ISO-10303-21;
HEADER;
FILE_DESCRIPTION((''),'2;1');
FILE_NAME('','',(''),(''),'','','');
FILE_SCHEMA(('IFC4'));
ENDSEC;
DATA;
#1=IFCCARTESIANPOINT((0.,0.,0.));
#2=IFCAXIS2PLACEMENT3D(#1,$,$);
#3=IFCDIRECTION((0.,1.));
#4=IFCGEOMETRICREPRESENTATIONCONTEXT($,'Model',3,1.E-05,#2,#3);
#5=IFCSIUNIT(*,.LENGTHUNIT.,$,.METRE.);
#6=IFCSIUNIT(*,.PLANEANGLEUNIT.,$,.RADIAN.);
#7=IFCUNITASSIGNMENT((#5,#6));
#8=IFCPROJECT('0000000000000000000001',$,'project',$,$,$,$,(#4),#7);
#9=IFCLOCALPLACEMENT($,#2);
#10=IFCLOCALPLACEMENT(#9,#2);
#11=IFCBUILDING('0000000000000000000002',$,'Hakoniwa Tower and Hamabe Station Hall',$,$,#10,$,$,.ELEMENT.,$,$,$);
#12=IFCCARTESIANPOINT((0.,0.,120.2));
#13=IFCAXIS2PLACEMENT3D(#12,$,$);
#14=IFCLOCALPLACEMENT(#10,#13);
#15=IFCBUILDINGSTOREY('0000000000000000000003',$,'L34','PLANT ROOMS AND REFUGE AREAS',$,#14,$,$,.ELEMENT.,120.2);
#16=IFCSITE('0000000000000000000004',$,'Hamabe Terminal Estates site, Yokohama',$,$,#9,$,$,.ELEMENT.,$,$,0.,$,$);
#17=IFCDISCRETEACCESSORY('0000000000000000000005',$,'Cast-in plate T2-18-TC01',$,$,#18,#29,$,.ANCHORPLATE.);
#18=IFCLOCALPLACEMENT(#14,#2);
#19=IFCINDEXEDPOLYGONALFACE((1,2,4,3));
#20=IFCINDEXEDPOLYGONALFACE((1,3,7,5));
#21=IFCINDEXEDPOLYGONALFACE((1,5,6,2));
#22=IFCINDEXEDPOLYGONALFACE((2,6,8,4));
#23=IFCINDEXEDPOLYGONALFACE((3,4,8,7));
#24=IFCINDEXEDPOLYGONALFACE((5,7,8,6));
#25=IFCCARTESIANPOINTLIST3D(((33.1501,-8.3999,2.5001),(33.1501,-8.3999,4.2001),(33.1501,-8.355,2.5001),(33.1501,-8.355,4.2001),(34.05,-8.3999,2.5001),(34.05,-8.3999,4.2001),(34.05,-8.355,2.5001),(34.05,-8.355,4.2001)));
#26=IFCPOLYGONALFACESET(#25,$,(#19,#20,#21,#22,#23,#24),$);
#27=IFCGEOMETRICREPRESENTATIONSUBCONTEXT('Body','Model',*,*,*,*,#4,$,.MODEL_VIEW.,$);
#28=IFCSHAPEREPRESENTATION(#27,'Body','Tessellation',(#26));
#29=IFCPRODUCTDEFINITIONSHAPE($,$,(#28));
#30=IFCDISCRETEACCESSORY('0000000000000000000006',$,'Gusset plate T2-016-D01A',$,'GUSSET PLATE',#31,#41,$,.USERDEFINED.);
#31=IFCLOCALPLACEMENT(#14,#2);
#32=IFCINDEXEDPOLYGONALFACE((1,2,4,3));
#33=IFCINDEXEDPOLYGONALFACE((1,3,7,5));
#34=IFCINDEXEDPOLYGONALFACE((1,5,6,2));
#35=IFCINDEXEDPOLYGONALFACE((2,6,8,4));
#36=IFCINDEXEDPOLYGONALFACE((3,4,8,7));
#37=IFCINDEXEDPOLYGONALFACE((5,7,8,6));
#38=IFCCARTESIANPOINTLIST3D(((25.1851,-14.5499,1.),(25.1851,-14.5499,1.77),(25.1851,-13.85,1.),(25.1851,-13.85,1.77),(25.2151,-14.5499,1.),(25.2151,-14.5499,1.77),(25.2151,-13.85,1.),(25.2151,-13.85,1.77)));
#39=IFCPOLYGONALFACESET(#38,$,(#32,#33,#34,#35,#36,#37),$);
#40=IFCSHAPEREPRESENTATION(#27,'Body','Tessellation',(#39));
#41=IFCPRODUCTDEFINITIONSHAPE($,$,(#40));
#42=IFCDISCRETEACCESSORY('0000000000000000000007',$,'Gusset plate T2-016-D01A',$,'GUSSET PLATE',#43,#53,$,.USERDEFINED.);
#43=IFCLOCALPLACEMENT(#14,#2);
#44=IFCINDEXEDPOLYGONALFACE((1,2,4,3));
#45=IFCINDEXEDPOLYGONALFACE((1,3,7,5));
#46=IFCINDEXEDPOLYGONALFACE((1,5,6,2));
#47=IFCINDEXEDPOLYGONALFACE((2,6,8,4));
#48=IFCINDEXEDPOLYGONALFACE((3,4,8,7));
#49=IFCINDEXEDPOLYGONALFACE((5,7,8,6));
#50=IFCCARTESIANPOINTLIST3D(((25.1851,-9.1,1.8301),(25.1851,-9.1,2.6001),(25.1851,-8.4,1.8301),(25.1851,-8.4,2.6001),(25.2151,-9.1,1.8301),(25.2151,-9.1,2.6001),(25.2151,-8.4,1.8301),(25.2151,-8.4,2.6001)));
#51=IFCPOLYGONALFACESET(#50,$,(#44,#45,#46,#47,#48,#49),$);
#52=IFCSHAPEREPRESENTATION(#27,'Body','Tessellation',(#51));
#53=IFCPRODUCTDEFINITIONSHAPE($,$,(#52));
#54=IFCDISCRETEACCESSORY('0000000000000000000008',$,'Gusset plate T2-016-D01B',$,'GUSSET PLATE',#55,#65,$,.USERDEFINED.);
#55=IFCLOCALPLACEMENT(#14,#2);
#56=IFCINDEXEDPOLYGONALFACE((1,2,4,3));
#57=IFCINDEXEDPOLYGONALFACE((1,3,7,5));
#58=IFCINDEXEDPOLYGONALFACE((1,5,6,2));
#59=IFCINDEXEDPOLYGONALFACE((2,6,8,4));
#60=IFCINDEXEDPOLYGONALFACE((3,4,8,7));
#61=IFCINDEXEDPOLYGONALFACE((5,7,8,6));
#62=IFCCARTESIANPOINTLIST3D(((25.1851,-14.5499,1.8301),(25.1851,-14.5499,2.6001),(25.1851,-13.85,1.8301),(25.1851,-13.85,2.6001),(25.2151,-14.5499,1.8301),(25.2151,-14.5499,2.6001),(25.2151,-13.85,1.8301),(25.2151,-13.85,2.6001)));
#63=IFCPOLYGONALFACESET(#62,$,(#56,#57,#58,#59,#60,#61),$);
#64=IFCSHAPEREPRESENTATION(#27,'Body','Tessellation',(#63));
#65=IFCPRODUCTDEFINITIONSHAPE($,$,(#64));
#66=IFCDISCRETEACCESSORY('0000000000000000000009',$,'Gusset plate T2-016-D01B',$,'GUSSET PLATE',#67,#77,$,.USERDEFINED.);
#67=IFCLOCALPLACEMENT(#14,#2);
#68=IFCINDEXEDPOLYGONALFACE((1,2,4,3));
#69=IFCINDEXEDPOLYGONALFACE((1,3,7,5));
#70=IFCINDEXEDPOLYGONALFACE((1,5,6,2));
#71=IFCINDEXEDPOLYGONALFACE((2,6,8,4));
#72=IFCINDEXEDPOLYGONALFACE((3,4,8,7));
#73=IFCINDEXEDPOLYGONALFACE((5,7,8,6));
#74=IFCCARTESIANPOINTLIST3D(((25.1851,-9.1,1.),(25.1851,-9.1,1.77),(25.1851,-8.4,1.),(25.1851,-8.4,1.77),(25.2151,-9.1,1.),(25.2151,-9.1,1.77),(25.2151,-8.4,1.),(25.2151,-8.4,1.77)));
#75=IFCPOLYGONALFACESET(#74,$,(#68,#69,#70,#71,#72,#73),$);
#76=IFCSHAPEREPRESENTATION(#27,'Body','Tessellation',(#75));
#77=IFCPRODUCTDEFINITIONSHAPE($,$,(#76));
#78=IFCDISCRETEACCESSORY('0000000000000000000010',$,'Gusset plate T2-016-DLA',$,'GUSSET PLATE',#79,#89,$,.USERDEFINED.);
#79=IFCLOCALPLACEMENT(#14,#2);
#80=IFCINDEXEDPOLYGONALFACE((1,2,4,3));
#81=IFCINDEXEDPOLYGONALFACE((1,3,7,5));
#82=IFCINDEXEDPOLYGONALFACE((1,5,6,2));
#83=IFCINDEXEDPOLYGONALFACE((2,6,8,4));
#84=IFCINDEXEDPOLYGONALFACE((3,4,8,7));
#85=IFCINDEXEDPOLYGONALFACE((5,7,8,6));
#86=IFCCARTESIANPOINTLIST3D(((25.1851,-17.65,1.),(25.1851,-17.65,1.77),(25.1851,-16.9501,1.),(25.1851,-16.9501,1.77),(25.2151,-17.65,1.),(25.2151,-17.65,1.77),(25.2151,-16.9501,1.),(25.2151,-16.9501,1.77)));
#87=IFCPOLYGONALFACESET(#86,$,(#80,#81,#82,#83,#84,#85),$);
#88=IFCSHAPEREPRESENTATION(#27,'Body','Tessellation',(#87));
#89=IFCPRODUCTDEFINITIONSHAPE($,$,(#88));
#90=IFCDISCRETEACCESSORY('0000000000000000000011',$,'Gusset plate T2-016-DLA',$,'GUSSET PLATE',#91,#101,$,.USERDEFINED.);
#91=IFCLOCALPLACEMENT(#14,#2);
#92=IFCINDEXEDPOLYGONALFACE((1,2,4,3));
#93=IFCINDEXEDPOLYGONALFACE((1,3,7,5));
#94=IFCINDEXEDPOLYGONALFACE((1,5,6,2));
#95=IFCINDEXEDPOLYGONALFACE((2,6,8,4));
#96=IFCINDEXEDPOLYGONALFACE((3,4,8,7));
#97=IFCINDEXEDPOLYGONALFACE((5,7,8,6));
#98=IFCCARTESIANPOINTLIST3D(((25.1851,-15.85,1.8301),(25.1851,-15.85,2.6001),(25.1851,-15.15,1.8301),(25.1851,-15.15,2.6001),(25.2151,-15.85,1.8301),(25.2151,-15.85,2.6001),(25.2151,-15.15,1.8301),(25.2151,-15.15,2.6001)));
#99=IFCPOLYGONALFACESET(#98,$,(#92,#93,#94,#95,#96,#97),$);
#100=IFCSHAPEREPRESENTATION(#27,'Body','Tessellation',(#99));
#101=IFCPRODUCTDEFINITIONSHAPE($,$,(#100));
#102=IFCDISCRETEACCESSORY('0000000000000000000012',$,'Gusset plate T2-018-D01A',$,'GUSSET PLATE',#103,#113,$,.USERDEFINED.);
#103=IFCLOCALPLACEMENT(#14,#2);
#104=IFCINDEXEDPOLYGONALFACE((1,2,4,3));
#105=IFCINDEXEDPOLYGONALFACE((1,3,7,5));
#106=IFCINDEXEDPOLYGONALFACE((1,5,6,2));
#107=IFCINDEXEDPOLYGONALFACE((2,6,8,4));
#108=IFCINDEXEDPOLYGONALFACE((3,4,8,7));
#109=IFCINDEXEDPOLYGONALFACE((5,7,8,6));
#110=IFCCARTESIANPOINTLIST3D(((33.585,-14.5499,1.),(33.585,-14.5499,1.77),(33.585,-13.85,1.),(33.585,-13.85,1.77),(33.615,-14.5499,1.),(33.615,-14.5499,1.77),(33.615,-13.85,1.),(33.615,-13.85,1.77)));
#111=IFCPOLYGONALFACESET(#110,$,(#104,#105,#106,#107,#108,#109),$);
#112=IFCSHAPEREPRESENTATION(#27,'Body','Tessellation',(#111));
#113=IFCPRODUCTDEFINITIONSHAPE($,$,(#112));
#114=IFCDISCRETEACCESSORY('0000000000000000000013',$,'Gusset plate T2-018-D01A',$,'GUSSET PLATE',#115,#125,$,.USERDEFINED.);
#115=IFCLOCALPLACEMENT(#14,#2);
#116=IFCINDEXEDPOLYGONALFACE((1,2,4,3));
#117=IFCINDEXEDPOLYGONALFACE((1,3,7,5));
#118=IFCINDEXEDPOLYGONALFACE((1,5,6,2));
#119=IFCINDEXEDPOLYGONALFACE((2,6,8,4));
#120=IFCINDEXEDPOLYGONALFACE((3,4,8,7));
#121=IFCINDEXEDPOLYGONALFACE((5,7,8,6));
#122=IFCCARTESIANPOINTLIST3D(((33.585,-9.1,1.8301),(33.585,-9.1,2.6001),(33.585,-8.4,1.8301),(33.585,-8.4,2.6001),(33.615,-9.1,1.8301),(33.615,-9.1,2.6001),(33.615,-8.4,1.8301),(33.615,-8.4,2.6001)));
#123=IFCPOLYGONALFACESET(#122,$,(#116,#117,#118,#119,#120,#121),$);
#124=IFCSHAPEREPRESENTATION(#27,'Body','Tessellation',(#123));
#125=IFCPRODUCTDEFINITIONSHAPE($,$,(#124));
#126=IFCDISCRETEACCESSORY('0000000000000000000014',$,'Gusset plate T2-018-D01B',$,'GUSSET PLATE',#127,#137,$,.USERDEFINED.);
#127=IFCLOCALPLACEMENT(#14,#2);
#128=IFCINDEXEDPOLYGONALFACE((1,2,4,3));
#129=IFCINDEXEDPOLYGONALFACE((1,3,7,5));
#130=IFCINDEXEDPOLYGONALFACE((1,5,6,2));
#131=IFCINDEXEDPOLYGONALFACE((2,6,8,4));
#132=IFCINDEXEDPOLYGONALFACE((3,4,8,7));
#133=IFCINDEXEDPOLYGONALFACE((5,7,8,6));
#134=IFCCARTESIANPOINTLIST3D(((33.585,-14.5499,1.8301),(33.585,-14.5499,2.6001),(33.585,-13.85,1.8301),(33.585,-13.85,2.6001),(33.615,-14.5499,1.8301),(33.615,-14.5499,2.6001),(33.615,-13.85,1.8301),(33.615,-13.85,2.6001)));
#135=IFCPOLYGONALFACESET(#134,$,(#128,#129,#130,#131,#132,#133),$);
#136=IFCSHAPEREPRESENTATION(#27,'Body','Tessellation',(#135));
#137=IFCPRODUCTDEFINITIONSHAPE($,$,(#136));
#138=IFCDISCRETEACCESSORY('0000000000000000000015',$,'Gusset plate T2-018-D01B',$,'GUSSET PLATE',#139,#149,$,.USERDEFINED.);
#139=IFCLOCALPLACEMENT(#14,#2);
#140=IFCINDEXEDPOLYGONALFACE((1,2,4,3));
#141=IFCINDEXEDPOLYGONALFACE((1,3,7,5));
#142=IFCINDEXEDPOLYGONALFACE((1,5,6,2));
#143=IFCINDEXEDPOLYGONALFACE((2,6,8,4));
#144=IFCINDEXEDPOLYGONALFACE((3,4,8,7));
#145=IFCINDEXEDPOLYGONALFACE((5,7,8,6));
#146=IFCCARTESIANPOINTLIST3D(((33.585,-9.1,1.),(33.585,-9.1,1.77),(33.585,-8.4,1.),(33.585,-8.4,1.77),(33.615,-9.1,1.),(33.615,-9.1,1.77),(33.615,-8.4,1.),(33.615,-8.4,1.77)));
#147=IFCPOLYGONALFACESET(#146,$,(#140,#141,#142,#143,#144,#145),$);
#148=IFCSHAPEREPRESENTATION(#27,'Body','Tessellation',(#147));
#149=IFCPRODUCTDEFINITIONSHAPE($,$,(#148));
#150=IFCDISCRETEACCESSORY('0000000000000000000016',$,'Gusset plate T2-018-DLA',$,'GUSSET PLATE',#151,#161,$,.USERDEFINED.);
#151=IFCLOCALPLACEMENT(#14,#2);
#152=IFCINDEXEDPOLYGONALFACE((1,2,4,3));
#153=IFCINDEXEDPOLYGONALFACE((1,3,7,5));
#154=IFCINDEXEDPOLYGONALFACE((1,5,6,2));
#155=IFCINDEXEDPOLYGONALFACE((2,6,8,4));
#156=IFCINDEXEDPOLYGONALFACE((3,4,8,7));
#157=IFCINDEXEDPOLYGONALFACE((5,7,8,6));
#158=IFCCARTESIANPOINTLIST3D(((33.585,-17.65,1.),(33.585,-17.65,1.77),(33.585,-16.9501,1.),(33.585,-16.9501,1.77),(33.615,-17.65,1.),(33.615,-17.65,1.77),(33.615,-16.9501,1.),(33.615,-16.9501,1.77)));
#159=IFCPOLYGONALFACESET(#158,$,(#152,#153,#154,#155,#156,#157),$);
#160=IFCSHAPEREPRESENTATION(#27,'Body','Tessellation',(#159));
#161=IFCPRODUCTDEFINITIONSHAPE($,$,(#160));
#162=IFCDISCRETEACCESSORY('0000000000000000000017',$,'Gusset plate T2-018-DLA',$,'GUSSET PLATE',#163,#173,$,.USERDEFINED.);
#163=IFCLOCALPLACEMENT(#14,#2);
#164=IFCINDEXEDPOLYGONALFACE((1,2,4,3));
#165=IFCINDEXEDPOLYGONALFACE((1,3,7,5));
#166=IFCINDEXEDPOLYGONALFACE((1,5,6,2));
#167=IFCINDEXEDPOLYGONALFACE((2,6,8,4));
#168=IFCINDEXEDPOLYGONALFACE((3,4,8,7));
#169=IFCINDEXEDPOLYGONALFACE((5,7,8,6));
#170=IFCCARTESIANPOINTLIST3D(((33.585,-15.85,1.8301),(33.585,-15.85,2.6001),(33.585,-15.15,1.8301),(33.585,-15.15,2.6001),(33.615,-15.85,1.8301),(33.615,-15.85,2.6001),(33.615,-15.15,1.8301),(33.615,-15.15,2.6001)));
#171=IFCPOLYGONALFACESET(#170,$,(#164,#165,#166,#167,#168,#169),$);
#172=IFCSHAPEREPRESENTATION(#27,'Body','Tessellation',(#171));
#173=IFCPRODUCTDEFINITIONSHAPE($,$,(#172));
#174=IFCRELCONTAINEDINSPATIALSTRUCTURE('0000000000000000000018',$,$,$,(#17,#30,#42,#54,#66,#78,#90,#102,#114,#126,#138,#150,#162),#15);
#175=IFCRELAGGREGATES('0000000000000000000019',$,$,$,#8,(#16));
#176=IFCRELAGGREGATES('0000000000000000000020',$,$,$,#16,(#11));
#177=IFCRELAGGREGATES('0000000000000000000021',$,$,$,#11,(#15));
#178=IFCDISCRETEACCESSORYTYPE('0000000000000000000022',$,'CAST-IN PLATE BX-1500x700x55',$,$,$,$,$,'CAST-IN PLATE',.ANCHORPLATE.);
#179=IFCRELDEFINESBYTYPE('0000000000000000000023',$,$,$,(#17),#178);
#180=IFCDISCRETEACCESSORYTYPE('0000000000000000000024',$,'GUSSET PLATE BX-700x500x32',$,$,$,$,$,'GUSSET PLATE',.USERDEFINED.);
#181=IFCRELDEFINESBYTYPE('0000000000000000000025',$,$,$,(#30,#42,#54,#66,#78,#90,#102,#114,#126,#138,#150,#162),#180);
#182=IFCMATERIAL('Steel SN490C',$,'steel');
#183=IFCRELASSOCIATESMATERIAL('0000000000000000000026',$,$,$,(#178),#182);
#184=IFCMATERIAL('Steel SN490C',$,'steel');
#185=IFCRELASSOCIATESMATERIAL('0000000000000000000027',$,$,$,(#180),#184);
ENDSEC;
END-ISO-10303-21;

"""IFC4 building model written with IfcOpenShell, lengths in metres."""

from ifc_helpers import new_model, si_unit, direction, frame, origin, origin_2d, place, context, subcontext, project, spatial, rectangle, extrude, material, material_profile, profile_set, type_object, element, save


model = new_model("IFC4")

# Units and contexts
model_context = context("Model", 3, precision=1e-05, world=origin(), true_north=direction((0.0, 1.0)))
body_context = subcontext(model_context, "Body", "Model", "MODEL_VIEW")
ifc_project = project(units=[si_unit("LENGTHUNIT", "METRE"), si_unit("PLANEANGLEUNIT", "RADIAN")], contexts=[model_context])

# Site, building, storey
site_placement = place(None, origin())
site = spatial("IfcSite", under=ifc_project, at=site_placement, Name="Hamabe Terminal Estates site, Yokohama", CompositionType="ELEMENT", RefElevation=0.0)
building_placement = place(site_placement, origin())
building = spatial("IfcBuilding", under=site, at=building_placement, Name="Hakoniwa Tower and Hamabe Station Hall", CompositionType="ELEMENT")
storey_placement = place(building_placement, frame((0.0, 0.0, 120.2)))
storey = spatial("IfcBuildingStorey", under=building, at=storey_placement, Name="L34", Description="PLANT ROOMS AND REFUGE AREAS", CompositionType="ELEMENT", Elevation=120.2)

# Discrete accessories
ifc_material_1 = material(Name="Steel SN490C", Category="steel")
ifc_material_profile_1 = material_profile(ifc_material_1, rectangle(XDim=0.8999, YDim=1.7, at=origin_2d()), Name="CAST-IN PLATE BX-1500x700x55")
ifc_profile_set_1 = profile_set([ifc_material_profile_1], Name="Steel SN490C")
discrete_accessory_type_1 = type_object("IfcDiscreteAccessoryType", Name="CAST-IN PLATE BX-1500x700x55", ElementType="CAST-IN PLATE", PredefinedType="ANCHORPLATE", material=ifc_profile_set_1)
for number, where, z_axis, x_axis, name in (
    (1, (33.6001, -8.355, 3.3501), (0.0, -1.0, 0.0), (1.0, 0.0, 0.0), "Cast-in plate T2-18-TC01"),
):
    element("IfcDiscreteAccessory", number, at=place(storey_placement, frame(where, z_axis=z_axis, x_axis=x_axis)), inside=storey, type_object=discrete_accessory_type_1, Name=name, PredefinedType="ANCHORPLATE", context=body_context, shape_type="SweptSolid", body=[
        extrude(rectangle(XDim=0.8999, YDim=1.7, at=origin_2d()), origin(), (0.0, 0.0, 1.0), 0.0449),
    ])
ifc_material_2 = material(Name="Steel SN490C", Category="steel")
ifc_material_profile_2 = material_profile(ifc_material_2, rectangle(XDim=0.7, YDim=0.77, at=origin_2d()), Name="GUSSET PLATE BX-700x500x32")
ifc_profile_set_2 = profile_set([ifc_material_profile_2], Name="Steel SN490C")
discrete_accessory_type_2 = type_object("IfcDiscreteAccessoryType", Name="GUSSET PLATE BX-700x500x32", ElementType="GUSSET PLATE", PredefinedType="USERDEFINED", material=ifc_profile_set_2)
for number, where, z_axis, x_axis, name in (
    (2, (25.2151, -14.2, 1.385), (-1.0, 0.0, 0.0), (0.0, -1.0, 0.0), "Gusset plate T2-016-D01A"),
    (3, (25.2151, -8.75, 2.2151), (-1.0, 0.0, 0.0), (0.0, -1.0, 0.0), "Gusset plate T2-016-D01A"),
    (4, (25.2151, -14.2, 2.2151), (-1.0, 0.0, 0.0), (0.0, -1.0, 0.0), "Gusset plate T2-016-D01B"),
    (5, (25.2151, -8.75, 1.385), (-1.0, 0.0, 0.0), (0.0, -1.0, 0.0), "Gusset plate T2-016-D01B"),
    (6, (25.2151, -17.3, 1.385), (-1.0, 0.0, 0.0), (0.0, -1.0, 0.0), "Gusset plate T2-016-DLA"),
    (7, (25.2151, -15.5, 2.2151), (-1.0, 0.0, 0.0), (0.0, -1.0, 0.0), "Gusset plate T2-016-DLA"),
    (8, (33.615, -14.2, 1.385), (-1.0, 0.0, 0.0), (0.0, -1.0, 0.0), "Gusset plate T2-018-D01A"),
    (9, (33.615, -8.75, 2.2151), (-1.0, 0.0, 0.0), (0.0, -1.0, 0.0), "Gusset plate T2-018-D01A"),
    (10, (33.615, -14.2, 2.2151), (-1.0, 0.0, 0.0), (0.0, -1.0, 0.0), "Gusset plate T2-018-D01B"),
    (11, (33.615, -8.75, 1.385), (-1.0, 0.0, 0.0), (0.0, -1.0, 0.0), "Gusset plate T2-018-D01B"),
    (12, (33.615, -17.3, 1.385), (-1.0, 0.0, 0.0), (0.0, -1.0, 0.0), "Gusset plate T2-018-DLA"),
    (13, (33.615, -15.5, 2.2151), (-1.0, 0.0, 0.0), (0.0, -1.0, 0.0), "Gusset plate T2-018-DLA"),
):
    element("IfcDiscreteAccessory", number, at=place(storey_placement, frame(where, z_axis=z_axis, x_axis=x_axis)), inside=storey, type_object=discrete_accessory_type_2, Name=name, ObjectType="GUSSET PLATE", PredefinedType="USERDEFINED", context=body_context, shape_type="SweptSolid", body=[
        extrude(rectangle(XDim=0.7, YDim=0.77, at=origin_2d()), origin(), (0.0, 0.0, 1.0), 0.03),
    ])

save(model, "model.ifc")
